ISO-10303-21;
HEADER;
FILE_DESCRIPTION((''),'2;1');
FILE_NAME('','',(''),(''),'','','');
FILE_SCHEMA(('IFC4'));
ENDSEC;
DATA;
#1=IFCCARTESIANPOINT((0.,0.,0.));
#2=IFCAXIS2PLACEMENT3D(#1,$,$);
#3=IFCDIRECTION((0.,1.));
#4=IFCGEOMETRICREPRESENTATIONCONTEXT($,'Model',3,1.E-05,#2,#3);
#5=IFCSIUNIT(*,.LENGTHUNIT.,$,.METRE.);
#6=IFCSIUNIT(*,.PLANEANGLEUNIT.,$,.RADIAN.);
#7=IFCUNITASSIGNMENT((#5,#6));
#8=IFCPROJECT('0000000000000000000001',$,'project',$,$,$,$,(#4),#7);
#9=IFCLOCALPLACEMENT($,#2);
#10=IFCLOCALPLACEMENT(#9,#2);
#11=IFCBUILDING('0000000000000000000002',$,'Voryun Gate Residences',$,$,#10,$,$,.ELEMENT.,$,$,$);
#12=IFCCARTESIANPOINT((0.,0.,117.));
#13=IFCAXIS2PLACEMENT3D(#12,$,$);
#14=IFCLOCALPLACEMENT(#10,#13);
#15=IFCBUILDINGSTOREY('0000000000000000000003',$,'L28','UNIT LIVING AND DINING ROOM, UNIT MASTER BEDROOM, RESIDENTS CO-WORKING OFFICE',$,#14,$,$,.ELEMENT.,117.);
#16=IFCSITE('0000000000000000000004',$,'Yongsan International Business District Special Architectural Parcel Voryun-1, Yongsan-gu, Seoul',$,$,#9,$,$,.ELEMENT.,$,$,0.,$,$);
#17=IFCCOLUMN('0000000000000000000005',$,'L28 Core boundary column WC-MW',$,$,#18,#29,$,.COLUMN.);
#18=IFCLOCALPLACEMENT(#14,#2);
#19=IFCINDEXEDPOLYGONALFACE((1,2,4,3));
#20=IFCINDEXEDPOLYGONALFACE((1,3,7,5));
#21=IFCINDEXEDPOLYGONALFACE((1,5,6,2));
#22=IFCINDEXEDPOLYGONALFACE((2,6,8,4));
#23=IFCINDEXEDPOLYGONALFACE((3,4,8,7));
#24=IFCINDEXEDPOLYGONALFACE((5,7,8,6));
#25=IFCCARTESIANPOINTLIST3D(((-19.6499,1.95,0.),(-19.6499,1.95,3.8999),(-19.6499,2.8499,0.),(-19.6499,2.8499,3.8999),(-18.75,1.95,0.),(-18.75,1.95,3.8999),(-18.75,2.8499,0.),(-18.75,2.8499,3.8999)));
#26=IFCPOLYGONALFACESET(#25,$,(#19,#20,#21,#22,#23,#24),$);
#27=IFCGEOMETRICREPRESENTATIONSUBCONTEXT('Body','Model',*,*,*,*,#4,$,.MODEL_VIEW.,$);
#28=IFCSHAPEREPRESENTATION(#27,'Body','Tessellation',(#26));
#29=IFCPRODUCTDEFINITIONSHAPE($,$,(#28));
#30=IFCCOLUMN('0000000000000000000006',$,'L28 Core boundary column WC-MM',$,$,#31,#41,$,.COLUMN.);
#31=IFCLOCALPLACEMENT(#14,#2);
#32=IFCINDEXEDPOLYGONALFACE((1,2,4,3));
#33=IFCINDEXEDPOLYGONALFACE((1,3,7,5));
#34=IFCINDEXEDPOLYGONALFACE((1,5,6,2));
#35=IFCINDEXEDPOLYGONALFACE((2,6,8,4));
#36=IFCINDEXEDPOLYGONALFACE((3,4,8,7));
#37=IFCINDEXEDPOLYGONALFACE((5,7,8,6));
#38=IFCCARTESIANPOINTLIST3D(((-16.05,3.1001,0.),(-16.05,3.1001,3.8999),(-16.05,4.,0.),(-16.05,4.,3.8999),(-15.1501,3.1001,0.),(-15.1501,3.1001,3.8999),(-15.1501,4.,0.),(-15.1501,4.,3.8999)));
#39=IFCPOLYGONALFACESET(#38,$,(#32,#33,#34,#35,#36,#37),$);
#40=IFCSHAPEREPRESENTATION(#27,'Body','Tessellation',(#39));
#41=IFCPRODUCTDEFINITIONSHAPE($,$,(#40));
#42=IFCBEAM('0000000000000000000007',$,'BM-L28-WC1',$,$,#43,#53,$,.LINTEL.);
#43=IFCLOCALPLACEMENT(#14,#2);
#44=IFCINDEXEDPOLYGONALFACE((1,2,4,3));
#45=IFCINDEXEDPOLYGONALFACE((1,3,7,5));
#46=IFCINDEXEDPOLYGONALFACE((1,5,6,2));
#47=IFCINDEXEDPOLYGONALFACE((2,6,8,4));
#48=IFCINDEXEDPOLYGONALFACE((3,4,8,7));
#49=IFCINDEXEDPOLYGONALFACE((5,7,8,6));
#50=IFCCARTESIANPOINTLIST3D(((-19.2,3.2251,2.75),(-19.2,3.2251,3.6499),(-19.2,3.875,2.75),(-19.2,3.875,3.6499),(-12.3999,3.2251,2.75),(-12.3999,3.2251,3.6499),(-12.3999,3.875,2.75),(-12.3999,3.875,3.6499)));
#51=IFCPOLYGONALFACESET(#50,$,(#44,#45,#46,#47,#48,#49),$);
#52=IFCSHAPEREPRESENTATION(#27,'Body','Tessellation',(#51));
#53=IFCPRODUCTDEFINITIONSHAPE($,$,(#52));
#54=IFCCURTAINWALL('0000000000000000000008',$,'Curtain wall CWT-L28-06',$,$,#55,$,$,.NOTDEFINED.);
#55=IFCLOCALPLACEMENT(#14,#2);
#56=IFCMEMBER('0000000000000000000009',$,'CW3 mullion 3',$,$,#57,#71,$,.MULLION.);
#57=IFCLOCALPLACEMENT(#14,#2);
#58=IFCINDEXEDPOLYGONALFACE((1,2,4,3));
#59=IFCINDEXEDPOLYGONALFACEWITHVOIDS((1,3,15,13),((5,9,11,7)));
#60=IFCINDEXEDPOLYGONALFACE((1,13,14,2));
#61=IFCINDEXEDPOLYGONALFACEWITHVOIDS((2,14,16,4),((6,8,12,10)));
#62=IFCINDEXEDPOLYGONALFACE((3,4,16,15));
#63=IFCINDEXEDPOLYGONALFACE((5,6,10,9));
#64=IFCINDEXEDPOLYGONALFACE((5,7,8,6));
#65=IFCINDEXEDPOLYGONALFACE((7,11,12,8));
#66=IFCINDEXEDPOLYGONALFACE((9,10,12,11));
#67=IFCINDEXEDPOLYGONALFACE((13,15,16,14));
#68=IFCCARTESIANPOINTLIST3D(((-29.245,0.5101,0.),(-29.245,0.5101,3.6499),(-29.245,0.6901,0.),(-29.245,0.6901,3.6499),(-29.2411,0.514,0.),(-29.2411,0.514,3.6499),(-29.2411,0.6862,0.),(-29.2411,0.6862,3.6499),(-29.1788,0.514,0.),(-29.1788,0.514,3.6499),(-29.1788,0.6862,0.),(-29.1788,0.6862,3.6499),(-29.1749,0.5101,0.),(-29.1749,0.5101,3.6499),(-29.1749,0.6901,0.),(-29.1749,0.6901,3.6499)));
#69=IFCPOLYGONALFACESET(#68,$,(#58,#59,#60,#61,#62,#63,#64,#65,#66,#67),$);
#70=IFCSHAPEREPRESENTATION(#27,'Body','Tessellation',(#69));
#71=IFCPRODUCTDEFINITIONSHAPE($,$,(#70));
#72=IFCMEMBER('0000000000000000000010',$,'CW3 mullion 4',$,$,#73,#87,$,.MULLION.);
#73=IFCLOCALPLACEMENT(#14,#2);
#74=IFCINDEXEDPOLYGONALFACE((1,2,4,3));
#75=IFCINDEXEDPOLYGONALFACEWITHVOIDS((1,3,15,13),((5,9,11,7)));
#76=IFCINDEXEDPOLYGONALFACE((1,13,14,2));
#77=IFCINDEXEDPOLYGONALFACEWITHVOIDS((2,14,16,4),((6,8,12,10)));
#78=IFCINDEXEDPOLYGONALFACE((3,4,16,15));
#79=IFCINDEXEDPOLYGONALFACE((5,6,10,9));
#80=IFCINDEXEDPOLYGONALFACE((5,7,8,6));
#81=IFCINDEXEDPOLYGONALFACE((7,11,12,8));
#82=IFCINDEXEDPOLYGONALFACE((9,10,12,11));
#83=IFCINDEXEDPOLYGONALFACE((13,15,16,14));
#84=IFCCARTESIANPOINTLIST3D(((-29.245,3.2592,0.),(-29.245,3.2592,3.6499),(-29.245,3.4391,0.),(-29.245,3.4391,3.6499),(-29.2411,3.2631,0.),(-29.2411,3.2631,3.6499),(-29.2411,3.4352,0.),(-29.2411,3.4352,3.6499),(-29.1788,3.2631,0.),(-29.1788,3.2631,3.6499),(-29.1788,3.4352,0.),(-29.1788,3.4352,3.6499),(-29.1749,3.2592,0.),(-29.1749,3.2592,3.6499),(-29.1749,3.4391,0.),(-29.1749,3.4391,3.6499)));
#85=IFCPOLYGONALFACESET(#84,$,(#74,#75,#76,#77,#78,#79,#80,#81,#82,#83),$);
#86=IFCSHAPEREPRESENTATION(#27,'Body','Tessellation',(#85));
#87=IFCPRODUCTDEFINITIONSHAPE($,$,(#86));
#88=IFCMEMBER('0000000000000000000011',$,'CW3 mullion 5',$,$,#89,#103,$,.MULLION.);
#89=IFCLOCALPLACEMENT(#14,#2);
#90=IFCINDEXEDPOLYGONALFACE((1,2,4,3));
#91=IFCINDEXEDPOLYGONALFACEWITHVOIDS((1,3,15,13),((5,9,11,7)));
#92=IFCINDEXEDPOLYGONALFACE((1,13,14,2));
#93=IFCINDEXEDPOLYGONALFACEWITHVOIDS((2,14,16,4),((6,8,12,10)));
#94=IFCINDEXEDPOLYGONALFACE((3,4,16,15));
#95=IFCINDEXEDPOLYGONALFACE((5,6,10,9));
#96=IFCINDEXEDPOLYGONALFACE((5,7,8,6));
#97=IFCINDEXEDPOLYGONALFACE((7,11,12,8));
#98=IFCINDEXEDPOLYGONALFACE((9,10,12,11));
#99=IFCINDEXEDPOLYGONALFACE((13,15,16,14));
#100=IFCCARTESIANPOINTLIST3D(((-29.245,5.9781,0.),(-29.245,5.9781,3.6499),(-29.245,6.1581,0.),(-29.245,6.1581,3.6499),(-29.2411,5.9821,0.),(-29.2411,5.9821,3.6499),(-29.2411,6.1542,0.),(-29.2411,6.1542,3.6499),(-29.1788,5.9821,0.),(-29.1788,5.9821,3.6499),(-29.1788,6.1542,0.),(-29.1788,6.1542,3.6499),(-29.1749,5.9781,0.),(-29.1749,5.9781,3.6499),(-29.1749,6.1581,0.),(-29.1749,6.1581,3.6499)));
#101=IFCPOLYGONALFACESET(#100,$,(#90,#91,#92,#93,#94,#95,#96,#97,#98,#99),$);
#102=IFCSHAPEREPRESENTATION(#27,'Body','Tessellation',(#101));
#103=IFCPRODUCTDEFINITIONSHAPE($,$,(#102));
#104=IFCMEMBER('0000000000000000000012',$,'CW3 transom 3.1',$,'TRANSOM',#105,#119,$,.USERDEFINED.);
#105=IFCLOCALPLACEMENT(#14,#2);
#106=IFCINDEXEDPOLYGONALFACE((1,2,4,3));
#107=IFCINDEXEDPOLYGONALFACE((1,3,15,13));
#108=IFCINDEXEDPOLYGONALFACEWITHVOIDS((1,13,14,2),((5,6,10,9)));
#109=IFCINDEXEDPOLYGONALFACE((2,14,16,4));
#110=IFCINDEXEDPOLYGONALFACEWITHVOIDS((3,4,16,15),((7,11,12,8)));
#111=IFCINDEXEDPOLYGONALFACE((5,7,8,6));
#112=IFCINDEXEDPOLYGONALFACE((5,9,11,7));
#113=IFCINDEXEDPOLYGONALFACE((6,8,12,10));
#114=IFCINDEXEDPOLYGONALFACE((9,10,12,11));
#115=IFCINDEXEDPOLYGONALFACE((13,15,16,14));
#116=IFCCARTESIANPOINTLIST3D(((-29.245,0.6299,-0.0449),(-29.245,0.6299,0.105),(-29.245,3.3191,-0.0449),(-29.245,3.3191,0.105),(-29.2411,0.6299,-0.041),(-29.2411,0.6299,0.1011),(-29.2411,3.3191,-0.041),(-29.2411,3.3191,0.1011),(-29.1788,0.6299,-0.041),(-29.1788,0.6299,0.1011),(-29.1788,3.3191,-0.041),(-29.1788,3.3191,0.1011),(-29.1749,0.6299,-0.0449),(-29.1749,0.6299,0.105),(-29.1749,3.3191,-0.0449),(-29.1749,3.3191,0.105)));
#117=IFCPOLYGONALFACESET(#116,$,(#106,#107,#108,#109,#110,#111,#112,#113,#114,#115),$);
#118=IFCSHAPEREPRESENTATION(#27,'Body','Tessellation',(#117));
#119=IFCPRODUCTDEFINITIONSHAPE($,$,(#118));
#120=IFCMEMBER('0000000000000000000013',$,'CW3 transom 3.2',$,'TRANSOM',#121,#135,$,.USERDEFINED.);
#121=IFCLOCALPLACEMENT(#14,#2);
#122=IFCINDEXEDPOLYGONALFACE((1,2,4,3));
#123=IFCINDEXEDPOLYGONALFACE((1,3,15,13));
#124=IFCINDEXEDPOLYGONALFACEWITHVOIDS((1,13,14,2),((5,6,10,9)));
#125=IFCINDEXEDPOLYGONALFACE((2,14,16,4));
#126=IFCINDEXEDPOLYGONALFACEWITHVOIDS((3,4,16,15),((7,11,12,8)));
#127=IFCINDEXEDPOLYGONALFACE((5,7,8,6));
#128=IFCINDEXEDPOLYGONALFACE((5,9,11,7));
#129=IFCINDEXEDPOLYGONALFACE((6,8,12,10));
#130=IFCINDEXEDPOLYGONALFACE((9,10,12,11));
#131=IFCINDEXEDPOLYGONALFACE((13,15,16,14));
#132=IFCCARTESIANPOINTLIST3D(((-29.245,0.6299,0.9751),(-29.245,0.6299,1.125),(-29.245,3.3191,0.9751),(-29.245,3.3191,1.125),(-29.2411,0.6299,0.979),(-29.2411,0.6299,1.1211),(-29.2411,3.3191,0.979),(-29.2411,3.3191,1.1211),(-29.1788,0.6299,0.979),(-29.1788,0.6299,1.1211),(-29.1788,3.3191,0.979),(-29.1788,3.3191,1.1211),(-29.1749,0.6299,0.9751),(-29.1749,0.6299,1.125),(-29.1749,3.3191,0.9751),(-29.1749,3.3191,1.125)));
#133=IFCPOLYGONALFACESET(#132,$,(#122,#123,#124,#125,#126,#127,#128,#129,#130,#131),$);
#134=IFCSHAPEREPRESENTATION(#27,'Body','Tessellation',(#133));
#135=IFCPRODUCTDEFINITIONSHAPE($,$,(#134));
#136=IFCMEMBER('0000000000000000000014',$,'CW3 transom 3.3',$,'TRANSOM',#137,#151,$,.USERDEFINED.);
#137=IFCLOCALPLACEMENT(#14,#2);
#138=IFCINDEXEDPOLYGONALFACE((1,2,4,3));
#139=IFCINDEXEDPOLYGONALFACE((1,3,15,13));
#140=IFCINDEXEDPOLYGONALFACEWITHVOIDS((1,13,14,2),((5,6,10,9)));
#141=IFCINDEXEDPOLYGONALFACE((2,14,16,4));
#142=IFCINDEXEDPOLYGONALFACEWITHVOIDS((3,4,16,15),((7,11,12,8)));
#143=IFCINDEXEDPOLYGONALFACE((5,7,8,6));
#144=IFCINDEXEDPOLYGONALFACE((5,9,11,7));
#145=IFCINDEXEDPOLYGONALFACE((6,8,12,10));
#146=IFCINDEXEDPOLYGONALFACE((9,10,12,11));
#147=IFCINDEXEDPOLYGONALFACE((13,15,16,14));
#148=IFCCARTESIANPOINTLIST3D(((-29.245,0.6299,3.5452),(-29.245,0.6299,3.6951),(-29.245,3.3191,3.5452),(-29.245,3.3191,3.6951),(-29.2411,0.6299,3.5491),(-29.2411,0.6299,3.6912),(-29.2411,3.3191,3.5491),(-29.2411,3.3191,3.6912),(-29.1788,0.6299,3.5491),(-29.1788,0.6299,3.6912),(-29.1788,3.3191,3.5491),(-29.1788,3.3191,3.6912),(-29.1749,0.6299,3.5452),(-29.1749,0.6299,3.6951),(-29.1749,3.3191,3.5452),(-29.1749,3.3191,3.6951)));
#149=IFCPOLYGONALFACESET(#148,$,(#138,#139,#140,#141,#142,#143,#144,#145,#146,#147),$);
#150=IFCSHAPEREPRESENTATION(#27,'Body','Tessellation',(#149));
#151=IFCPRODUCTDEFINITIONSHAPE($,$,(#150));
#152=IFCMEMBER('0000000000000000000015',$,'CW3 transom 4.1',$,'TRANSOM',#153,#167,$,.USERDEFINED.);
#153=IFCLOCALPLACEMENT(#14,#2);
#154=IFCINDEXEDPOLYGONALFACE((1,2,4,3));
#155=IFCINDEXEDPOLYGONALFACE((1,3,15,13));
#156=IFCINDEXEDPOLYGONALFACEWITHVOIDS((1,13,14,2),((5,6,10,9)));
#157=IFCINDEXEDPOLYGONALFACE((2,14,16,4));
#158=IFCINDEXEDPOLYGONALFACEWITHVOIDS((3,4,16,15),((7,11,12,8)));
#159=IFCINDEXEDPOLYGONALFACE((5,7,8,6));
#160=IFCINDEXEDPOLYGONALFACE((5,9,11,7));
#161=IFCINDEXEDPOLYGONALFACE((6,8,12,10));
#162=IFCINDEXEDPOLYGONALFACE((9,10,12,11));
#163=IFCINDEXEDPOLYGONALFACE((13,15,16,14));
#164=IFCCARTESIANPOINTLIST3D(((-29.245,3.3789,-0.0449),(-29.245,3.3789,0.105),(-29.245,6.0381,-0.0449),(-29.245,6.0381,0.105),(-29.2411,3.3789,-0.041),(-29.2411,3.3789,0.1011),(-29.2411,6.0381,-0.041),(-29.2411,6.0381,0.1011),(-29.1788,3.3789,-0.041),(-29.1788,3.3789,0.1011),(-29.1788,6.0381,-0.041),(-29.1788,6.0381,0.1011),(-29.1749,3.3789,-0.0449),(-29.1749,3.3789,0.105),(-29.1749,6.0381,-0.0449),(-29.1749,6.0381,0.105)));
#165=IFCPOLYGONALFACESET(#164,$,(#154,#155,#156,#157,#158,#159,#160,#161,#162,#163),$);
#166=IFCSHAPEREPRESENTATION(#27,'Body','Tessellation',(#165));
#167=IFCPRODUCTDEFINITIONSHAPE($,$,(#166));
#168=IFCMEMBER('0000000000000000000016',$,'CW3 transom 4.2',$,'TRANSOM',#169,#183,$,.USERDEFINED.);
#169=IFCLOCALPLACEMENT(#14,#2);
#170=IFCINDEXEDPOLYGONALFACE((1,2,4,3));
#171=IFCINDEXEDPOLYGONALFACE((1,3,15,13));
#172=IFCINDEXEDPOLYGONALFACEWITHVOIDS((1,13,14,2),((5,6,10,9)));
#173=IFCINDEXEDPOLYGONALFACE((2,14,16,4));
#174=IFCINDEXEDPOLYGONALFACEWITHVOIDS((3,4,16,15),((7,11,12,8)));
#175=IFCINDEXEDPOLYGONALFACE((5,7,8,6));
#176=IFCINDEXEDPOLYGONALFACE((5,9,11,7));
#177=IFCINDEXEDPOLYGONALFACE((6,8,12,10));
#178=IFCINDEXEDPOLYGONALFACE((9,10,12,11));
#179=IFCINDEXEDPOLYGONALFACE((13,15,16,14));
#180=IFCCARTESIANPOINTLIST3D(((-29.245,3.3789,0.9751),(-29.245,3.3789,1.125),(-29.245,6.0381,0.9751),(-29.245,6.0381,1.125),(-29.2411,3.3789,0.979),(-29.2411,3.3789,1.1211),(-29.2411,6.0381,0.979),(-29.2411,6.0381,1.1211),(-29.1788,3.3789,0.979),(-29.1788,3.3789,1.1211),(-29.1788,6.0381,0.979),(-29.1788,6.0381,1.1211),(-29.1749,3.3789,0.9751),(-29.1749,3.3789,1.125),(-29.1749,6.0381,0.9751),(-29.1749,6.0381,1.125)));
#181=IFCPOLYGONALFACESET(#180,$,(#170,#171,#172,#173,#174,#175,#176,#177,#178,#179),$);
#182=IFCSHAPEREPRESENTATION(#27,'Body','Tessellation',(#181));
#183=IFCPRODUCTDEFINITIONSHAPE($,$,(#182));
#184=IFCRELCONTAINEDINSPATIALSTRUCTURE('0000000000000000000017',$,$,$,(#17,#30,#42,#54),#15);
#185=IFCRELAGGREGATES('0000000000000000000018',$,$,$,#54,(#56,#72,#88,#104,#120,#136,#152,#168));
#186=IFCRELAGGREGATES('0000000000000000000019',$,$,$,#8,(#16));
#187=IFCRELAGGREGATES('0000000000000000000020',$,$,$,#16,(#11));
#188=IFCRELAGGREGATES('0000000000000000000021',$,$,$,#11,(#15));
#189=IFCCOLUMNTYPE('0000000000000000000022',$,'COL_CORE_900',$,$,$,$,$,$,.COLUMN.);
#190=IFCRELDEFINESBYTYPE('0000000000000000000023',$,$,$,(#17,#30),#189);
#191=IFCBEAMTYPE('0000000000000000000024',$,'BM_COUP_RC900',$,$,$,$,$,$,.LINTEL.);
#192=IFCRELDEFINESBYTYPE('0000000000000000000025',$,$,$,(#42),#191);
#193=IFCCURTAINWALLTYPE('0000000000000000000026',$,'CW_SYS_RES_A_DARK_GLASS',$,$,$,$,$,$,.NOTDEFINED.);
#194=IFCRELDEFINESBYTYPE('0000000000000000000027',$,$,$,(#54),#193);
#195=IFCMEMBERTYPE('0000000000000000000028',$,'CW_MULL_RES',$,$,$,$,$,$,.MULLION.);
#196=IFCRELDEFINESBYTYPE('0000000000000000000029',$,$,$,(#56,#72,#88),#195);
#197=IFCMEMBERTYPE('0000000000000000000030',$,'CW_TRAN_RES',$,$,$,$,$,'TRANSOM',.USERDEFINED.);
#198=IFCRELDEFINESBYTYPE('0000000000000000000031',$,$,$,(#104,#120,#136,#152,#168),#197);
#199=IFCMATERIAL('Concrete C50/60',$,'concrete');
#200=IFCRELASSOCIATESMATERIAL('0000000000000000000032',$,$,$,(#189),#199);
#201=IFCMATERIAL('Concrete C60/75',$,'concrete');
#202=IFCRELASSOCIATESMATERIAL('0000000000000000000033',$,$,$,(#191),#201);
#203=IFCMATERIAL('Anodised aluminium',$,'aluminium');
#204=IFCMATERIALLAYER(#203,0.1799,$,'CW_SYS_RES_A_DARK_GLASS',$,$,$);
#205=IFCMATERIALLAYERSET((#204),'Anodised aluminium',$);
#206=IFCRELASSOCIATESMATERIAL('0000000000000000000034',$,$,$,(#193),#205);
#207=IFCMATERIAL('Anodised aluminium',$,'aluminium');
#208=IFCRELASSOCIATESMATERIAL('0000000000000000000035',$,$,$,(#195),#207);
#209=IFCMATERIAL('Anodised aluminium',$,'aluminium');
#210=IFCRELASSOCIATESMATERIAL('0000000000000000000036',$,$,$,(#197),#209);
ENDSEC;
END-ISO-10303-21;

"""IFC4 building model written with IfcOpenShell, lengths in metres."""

from ifc_helpers import new_model, si_unit, direction, frame, origin, origin_2d, place, context, subcontext, project, spatial, rectangle, hollow_rectangle, extrude, material, layer, layer_set, material_profile, profile_set, type_object, element, aggregate, save


model = new_model("IFC4")

# Units and contexts
model_context = context("Model", 3, precision=1e-05, world=origin(), true_north=direction((0.0, 1.0)))
body_context = subcontext(model_context, "Body", "Model", "MODEL_VIEW")
ifc_project = project(units=[si_unit("LENGTHUNIT", "METRE"), si_unit("PLANEANGLEUNIT", "RADIAN")], contexts=[model_context])

# Site, building, storey
site_placement = place(None, origin())
site = spatial("IfcSite", under=ifc_project, at=site_placement, Name="Yongsan International Business District Special Architectural Parcel Voryun-1, Yongsan-gu, Seoul", CompositionType="ELEMENT", RefElevation=0.0)
building_placement = place(site_placement, origin())
building = spatial("IfcBuilding", under=site, at=building_placement, Name="Voryun Gate Residences", CompositionType="ELEMENT")
storey_placement = place(building_placement, frame((0.0, 0.0, 117.0)))
storey = spatial("IfcBuildingStorey", under=building, at=storey_placement, Name="L28", Description="UNIT LIVING AND DINING ROOM, UNIT MASTER BEDROOM, RESIDENTS CO-WORKING OFFICE", CompositionType="ELEMENT", Elevation=117.0)

# Columns
ifc_material_1 = material(Name="Concrete C50/60", Category="concrete")
ifc_material_profile_1 = material_profile(ifc_material_1, rectangle(XDim=0.8999, YDim=0.8999, at=origin_2d()), Name="RC-900x900")
ifc_profile_set_1 = profile_set([ifc_material_profile_1], Name="Concrete C50/60")
column_type = type_object("IfcColumnType", Name="COL_CORE_900", PredefinedType="COLUMN", material=ifc_profile_set_1)
for number, where, z_axis, x_axis, name in (
    (1, (-19.2, 2.3999, 0.0), (0.0, 0.0, 1.0), (1.0, 0.0, 0.0), "L28 Core boundary column WC-MW"),
    (2, (-15.6001, 3.55, 0.0), (0.0, 0.0, 1.0), (1.0, 0.0, 0.0), "L28 Core boundary column WC-MM"),
):
    element("IfcColumn", number, at=place(storey_placement, frame(where, z_axis=z_axis, x_axis=x_axis)), inside=storey, type_object=column_type, Name=name, PredefinedType="COLUMN", context=body_context, shape_type="SweptSolid", body=[
        extrude(rectangle(XDim=0.8999, YDim=0.8999, at=origin_2d()), origin(), (0.0, 0.0, 1.0), 3.8999),
    ])

# Beam
ifc_material_2 = material(Name="Concrete C60/75", Category="concrete")
ifc_material_profile_2 = material_profile(ifc_material_2, rectangle(XDim=0.6499, YDim=0.8999, at=origin_2d()), Name="RC-650x900")
ifc_profile_set_2 = profile_set([ifc_material_profile_2], Name="Concrete C60/75")
beam_type = type_object("IfcBeamType", Name="BM_COUP_RC900", PredefinedType="LINTEL", material=ifc_profile_set_2)
beam_placement = place(storey_placement, frame((-19.2, 3.55, 3.2), z_axis=(1.0, 0.0, 0.0), x_axis=(0.0, 1.0, 0.0)))
element("IfcBeam", 3, at=beam_placement, inside=storey, type_object=beam_type, Name="BM-L28-WC1", PredefinedType="LINTEL", context=body_context, shape_type="SweptSolid", body=[
    extrude(rectangle(XDim=0.6499, YDim=0.8999, at=origin_2d()), origin(), (0.0, 0.0, 1.0), 6.8),
])

# Curtain wall, members
ifc_material_3 = material(Name="Anodised aluminium", Category="aluminium")
ifc_layer_1 = layer(ifc_material_3, 0.1799, Name="CW_SYS_RES_A_DARK_GLASS")
ifc_layer_set_1 = layer_set([ifc_layer_1], Name="Anodised aluminium")
curtain_wall_type = type_object("IfcCurtainWallType", Name="CW_SYS_RES_A_DARK_GLASS", PredefinedType="NOTDEFINED", material=ifc_layer_set_1)
curtain_wall_placement = place(storey_placement, origin())
curtain_wall = element("IfcCurtainWall", 4, at=curtain_wall_placement, inside=storey, type_object=curtain_wall_type, Name="Curtain wall CWT-L28-06", PredefinedType="NOTDEFINED")
ifc_material_4 = material(Name="Anodised aluminium", Category="aluminium")
ifc_material_profile_3 = material_profile(ifc_material_4, hollow_rectangle(XDim=0.0701, YDim=0.1799, WallThickness=0.0039, at=origin_2d()), Name="ALU-MULL-180x70x4")
ifc_profile_set_3 = profile_set([ifc_material_profile_3], Name="Anodised aluminium")
member_type_1 = type_object("IfcMemberType", Name="CW_MULL_RES", PredefinedType="MULLION", material=ifc_profile_set_3)
member_1_placement = place(storey_placement, frame((-29.21, 0.6001, 0.0), z_axis=(0.0, 0.0, 1.0), x_axis=(-1.0, 0.0, 0.0)))
member_1 = element("IfcMember", 5, at=member_1_placement, type_object=member_type_1, Name="CW3 mullion 3", PredefinedType="MULLION", context=body_context, shape_type="SweptSolid", body=[
    extrude(hollow_rectangle(XDim=0.0701, YDim=0.1799, WallThickness=0.0039, at=origin_2d()), origin(), (0.0, 0.0, 1.0), 3.6499),
])
member_2_placement = place(storey_placement, frame((-29.21, 3.3491, 0.0), z_axis=(0.0, 0.0, 1.0), x_axis=(-1.0, 0.0, 0.0)))
member_2 = element("IfcMember", 6, at=member_2_placement, type_object=member_type_1, Name="CW3 mullion 4", PredefinedType="MULLION", context=body_context, shape_type="SweptSolid", body=[
    extrude(hollow_rectangle(XDim=0.0701, YDim=0.1799, WallThickness=0.0039, at=origin_2d()), origin(), (0.0, 0.0, 1.0), 3.6499),
])
member_3_placement = place(storey_placement, frame((-29.21, 6.0681, 0.0), z_axis=(0.0, 0.0, 1.0), x_axis=(-1.0, 0.0, 0.0)))
member_3 = element("IfcMember", 7, at=member_3_placement, type_object=member_type_1, Name="CW3 mullion 5", PredefinedType="MULLION", context=body_context, shape_type="SweptSolid", body=[
    extrude(hollow_rectangle(XDim=0.0701, YDim=0.1799, WallThickness=0.0039, at=origin_2d()), origin(), (0.0, 0.0, 1.0), 3.6499),
])
ifc_material_5 = material(Name="Anodised aluminium", Category="aluminium")
ifc_material_profile_4 = material_profile(ifc_material_5, hollow_rectangle(XDim=0.0701, YDim=0.1499, WallThickness=0.0039, at=origin_2d()), Name="ALU-TRAN-150x70x4")
ifc_profile_set_4 = profile_set([ifc_material_profile_4], Name="Anodised aluminium")
member_type_2 = type_object("IfcMemberType", Name="CW_TRAN_RES", ElementType="TRANSOM", PredefinedType="USERDEFINED", material=ifc_profile_set_4)
member_4_placement = place(storey_placement, frame((-29.21, 0.6299, 0.03), z_axis=(0.0, 1.0, 0.0), x_axis=(-1.0, 0.0, 0.0)))
member_4 = element("IfcMember", 8, at=member_4_placement, type_object=member_type_2, Name="CW3 transom 3.1", ObjectType="TRANSOM", PredefinedType="USERDEFINED", context=body_context, shape_type="SweptSolid", body=[
    extrude(hollow_rectangle(XDim=0.0701, YDim=0.1499, WallThickness=0.0039, at=origin_2d()), origin(), (0.0, 0.0, 1.0), 2.6892),
])
member_5_placement = place(storey_placement, frame((-29.21, 0.6299, 1.05), z_axis=(0.0, 1.0, 0.0), x_axis=(-1.0, 0.0, 0.0)))
member_5 = element("IfcMember", 9, at=member_5_placement, type_object=member_type_2, Name="CW3 transom 3.2", ObjectType="TRANSOM", PredefinedType="USERDEFINED", context=body_context, shape_type="SweptSolid", body=[
    extrude(hollow_rectangle(XDim=0.0701, YDim=0.1499, WallThickness=0.0039, at=origin_2d()), origin(), (0.0, 0.0, 1.0), 2.6892),
])
member_6_placement = place(storey_placement, frame((-29.21, 0.6299, 3.6201), z_axis=(0.0, 1.0, 0.0), x_axis=(-1.0, 0.0, 0.0)))
member_6 = element("IfcMember", 10, at=member_6_placement, type_object=member_type_2, Name="CW3 transom 3.3", ObjectType="TRANSOM", PredefinedType="USERDEFINED", context=body_context, shape_type="SweptSolid", body=[
    extrude(hollow_rectangle(XDim=0.0701, YDim=0.1499, WallThickness=0.0039, at=origin_2d()), origin(), (0.0, 0.0, 1.0), 2.6892),
])
member_7_placement = place(storey_placement, frame((-29.21, 3.3789, 0.03), z_axis=(0.0, 1.0, 0.0), x_axis=(-1.0, 0.0, 0.0)))
member_7 = element("IfcMember", 11, at=member_7_placement, type_object=member_type_2, Name="CW3 transom 4.1", ObjectType="TRANSOM", PredefinedType="USERDEFINED", context=body_context, shape_type="SweptSolid", body=[
    extrude(hollow_rectangle(XDim=0.0701, YDim=0.1499, WallThickness=0.0039, at=origin_2d()), origin(), (0.0, 0.0, 1.0), 2.6592),
])
member_8_placement = place(storey_placement, frame((-29.21, 3.3789, 1.05), z_axis=(0.0, 1.0, 0.0), x_axis=(-1.0, 0.0, 0.0)))
member_8 = element("IfcMember", 12, at=member_8_placement, type_object=member_type_2, Name="CW3 transom 4.2", ObjectType="TRANSOM", PredefinedType="USERDEFINED", context=body_context, shape_type="SweptSolid", body=[
    extrude(hollow_rectangle(XDim=0.0701, YDim=0.1499, WallThickness=0.0039, at=origin_2d()), origin(), (0.0, 0.0, 1.0), 2.6592),
])
aggregate(curtain_wall, [member_1, member_2, member_3, member_4, member_5, member_6, member_7, member_8])

save(model, "model.ifc")
